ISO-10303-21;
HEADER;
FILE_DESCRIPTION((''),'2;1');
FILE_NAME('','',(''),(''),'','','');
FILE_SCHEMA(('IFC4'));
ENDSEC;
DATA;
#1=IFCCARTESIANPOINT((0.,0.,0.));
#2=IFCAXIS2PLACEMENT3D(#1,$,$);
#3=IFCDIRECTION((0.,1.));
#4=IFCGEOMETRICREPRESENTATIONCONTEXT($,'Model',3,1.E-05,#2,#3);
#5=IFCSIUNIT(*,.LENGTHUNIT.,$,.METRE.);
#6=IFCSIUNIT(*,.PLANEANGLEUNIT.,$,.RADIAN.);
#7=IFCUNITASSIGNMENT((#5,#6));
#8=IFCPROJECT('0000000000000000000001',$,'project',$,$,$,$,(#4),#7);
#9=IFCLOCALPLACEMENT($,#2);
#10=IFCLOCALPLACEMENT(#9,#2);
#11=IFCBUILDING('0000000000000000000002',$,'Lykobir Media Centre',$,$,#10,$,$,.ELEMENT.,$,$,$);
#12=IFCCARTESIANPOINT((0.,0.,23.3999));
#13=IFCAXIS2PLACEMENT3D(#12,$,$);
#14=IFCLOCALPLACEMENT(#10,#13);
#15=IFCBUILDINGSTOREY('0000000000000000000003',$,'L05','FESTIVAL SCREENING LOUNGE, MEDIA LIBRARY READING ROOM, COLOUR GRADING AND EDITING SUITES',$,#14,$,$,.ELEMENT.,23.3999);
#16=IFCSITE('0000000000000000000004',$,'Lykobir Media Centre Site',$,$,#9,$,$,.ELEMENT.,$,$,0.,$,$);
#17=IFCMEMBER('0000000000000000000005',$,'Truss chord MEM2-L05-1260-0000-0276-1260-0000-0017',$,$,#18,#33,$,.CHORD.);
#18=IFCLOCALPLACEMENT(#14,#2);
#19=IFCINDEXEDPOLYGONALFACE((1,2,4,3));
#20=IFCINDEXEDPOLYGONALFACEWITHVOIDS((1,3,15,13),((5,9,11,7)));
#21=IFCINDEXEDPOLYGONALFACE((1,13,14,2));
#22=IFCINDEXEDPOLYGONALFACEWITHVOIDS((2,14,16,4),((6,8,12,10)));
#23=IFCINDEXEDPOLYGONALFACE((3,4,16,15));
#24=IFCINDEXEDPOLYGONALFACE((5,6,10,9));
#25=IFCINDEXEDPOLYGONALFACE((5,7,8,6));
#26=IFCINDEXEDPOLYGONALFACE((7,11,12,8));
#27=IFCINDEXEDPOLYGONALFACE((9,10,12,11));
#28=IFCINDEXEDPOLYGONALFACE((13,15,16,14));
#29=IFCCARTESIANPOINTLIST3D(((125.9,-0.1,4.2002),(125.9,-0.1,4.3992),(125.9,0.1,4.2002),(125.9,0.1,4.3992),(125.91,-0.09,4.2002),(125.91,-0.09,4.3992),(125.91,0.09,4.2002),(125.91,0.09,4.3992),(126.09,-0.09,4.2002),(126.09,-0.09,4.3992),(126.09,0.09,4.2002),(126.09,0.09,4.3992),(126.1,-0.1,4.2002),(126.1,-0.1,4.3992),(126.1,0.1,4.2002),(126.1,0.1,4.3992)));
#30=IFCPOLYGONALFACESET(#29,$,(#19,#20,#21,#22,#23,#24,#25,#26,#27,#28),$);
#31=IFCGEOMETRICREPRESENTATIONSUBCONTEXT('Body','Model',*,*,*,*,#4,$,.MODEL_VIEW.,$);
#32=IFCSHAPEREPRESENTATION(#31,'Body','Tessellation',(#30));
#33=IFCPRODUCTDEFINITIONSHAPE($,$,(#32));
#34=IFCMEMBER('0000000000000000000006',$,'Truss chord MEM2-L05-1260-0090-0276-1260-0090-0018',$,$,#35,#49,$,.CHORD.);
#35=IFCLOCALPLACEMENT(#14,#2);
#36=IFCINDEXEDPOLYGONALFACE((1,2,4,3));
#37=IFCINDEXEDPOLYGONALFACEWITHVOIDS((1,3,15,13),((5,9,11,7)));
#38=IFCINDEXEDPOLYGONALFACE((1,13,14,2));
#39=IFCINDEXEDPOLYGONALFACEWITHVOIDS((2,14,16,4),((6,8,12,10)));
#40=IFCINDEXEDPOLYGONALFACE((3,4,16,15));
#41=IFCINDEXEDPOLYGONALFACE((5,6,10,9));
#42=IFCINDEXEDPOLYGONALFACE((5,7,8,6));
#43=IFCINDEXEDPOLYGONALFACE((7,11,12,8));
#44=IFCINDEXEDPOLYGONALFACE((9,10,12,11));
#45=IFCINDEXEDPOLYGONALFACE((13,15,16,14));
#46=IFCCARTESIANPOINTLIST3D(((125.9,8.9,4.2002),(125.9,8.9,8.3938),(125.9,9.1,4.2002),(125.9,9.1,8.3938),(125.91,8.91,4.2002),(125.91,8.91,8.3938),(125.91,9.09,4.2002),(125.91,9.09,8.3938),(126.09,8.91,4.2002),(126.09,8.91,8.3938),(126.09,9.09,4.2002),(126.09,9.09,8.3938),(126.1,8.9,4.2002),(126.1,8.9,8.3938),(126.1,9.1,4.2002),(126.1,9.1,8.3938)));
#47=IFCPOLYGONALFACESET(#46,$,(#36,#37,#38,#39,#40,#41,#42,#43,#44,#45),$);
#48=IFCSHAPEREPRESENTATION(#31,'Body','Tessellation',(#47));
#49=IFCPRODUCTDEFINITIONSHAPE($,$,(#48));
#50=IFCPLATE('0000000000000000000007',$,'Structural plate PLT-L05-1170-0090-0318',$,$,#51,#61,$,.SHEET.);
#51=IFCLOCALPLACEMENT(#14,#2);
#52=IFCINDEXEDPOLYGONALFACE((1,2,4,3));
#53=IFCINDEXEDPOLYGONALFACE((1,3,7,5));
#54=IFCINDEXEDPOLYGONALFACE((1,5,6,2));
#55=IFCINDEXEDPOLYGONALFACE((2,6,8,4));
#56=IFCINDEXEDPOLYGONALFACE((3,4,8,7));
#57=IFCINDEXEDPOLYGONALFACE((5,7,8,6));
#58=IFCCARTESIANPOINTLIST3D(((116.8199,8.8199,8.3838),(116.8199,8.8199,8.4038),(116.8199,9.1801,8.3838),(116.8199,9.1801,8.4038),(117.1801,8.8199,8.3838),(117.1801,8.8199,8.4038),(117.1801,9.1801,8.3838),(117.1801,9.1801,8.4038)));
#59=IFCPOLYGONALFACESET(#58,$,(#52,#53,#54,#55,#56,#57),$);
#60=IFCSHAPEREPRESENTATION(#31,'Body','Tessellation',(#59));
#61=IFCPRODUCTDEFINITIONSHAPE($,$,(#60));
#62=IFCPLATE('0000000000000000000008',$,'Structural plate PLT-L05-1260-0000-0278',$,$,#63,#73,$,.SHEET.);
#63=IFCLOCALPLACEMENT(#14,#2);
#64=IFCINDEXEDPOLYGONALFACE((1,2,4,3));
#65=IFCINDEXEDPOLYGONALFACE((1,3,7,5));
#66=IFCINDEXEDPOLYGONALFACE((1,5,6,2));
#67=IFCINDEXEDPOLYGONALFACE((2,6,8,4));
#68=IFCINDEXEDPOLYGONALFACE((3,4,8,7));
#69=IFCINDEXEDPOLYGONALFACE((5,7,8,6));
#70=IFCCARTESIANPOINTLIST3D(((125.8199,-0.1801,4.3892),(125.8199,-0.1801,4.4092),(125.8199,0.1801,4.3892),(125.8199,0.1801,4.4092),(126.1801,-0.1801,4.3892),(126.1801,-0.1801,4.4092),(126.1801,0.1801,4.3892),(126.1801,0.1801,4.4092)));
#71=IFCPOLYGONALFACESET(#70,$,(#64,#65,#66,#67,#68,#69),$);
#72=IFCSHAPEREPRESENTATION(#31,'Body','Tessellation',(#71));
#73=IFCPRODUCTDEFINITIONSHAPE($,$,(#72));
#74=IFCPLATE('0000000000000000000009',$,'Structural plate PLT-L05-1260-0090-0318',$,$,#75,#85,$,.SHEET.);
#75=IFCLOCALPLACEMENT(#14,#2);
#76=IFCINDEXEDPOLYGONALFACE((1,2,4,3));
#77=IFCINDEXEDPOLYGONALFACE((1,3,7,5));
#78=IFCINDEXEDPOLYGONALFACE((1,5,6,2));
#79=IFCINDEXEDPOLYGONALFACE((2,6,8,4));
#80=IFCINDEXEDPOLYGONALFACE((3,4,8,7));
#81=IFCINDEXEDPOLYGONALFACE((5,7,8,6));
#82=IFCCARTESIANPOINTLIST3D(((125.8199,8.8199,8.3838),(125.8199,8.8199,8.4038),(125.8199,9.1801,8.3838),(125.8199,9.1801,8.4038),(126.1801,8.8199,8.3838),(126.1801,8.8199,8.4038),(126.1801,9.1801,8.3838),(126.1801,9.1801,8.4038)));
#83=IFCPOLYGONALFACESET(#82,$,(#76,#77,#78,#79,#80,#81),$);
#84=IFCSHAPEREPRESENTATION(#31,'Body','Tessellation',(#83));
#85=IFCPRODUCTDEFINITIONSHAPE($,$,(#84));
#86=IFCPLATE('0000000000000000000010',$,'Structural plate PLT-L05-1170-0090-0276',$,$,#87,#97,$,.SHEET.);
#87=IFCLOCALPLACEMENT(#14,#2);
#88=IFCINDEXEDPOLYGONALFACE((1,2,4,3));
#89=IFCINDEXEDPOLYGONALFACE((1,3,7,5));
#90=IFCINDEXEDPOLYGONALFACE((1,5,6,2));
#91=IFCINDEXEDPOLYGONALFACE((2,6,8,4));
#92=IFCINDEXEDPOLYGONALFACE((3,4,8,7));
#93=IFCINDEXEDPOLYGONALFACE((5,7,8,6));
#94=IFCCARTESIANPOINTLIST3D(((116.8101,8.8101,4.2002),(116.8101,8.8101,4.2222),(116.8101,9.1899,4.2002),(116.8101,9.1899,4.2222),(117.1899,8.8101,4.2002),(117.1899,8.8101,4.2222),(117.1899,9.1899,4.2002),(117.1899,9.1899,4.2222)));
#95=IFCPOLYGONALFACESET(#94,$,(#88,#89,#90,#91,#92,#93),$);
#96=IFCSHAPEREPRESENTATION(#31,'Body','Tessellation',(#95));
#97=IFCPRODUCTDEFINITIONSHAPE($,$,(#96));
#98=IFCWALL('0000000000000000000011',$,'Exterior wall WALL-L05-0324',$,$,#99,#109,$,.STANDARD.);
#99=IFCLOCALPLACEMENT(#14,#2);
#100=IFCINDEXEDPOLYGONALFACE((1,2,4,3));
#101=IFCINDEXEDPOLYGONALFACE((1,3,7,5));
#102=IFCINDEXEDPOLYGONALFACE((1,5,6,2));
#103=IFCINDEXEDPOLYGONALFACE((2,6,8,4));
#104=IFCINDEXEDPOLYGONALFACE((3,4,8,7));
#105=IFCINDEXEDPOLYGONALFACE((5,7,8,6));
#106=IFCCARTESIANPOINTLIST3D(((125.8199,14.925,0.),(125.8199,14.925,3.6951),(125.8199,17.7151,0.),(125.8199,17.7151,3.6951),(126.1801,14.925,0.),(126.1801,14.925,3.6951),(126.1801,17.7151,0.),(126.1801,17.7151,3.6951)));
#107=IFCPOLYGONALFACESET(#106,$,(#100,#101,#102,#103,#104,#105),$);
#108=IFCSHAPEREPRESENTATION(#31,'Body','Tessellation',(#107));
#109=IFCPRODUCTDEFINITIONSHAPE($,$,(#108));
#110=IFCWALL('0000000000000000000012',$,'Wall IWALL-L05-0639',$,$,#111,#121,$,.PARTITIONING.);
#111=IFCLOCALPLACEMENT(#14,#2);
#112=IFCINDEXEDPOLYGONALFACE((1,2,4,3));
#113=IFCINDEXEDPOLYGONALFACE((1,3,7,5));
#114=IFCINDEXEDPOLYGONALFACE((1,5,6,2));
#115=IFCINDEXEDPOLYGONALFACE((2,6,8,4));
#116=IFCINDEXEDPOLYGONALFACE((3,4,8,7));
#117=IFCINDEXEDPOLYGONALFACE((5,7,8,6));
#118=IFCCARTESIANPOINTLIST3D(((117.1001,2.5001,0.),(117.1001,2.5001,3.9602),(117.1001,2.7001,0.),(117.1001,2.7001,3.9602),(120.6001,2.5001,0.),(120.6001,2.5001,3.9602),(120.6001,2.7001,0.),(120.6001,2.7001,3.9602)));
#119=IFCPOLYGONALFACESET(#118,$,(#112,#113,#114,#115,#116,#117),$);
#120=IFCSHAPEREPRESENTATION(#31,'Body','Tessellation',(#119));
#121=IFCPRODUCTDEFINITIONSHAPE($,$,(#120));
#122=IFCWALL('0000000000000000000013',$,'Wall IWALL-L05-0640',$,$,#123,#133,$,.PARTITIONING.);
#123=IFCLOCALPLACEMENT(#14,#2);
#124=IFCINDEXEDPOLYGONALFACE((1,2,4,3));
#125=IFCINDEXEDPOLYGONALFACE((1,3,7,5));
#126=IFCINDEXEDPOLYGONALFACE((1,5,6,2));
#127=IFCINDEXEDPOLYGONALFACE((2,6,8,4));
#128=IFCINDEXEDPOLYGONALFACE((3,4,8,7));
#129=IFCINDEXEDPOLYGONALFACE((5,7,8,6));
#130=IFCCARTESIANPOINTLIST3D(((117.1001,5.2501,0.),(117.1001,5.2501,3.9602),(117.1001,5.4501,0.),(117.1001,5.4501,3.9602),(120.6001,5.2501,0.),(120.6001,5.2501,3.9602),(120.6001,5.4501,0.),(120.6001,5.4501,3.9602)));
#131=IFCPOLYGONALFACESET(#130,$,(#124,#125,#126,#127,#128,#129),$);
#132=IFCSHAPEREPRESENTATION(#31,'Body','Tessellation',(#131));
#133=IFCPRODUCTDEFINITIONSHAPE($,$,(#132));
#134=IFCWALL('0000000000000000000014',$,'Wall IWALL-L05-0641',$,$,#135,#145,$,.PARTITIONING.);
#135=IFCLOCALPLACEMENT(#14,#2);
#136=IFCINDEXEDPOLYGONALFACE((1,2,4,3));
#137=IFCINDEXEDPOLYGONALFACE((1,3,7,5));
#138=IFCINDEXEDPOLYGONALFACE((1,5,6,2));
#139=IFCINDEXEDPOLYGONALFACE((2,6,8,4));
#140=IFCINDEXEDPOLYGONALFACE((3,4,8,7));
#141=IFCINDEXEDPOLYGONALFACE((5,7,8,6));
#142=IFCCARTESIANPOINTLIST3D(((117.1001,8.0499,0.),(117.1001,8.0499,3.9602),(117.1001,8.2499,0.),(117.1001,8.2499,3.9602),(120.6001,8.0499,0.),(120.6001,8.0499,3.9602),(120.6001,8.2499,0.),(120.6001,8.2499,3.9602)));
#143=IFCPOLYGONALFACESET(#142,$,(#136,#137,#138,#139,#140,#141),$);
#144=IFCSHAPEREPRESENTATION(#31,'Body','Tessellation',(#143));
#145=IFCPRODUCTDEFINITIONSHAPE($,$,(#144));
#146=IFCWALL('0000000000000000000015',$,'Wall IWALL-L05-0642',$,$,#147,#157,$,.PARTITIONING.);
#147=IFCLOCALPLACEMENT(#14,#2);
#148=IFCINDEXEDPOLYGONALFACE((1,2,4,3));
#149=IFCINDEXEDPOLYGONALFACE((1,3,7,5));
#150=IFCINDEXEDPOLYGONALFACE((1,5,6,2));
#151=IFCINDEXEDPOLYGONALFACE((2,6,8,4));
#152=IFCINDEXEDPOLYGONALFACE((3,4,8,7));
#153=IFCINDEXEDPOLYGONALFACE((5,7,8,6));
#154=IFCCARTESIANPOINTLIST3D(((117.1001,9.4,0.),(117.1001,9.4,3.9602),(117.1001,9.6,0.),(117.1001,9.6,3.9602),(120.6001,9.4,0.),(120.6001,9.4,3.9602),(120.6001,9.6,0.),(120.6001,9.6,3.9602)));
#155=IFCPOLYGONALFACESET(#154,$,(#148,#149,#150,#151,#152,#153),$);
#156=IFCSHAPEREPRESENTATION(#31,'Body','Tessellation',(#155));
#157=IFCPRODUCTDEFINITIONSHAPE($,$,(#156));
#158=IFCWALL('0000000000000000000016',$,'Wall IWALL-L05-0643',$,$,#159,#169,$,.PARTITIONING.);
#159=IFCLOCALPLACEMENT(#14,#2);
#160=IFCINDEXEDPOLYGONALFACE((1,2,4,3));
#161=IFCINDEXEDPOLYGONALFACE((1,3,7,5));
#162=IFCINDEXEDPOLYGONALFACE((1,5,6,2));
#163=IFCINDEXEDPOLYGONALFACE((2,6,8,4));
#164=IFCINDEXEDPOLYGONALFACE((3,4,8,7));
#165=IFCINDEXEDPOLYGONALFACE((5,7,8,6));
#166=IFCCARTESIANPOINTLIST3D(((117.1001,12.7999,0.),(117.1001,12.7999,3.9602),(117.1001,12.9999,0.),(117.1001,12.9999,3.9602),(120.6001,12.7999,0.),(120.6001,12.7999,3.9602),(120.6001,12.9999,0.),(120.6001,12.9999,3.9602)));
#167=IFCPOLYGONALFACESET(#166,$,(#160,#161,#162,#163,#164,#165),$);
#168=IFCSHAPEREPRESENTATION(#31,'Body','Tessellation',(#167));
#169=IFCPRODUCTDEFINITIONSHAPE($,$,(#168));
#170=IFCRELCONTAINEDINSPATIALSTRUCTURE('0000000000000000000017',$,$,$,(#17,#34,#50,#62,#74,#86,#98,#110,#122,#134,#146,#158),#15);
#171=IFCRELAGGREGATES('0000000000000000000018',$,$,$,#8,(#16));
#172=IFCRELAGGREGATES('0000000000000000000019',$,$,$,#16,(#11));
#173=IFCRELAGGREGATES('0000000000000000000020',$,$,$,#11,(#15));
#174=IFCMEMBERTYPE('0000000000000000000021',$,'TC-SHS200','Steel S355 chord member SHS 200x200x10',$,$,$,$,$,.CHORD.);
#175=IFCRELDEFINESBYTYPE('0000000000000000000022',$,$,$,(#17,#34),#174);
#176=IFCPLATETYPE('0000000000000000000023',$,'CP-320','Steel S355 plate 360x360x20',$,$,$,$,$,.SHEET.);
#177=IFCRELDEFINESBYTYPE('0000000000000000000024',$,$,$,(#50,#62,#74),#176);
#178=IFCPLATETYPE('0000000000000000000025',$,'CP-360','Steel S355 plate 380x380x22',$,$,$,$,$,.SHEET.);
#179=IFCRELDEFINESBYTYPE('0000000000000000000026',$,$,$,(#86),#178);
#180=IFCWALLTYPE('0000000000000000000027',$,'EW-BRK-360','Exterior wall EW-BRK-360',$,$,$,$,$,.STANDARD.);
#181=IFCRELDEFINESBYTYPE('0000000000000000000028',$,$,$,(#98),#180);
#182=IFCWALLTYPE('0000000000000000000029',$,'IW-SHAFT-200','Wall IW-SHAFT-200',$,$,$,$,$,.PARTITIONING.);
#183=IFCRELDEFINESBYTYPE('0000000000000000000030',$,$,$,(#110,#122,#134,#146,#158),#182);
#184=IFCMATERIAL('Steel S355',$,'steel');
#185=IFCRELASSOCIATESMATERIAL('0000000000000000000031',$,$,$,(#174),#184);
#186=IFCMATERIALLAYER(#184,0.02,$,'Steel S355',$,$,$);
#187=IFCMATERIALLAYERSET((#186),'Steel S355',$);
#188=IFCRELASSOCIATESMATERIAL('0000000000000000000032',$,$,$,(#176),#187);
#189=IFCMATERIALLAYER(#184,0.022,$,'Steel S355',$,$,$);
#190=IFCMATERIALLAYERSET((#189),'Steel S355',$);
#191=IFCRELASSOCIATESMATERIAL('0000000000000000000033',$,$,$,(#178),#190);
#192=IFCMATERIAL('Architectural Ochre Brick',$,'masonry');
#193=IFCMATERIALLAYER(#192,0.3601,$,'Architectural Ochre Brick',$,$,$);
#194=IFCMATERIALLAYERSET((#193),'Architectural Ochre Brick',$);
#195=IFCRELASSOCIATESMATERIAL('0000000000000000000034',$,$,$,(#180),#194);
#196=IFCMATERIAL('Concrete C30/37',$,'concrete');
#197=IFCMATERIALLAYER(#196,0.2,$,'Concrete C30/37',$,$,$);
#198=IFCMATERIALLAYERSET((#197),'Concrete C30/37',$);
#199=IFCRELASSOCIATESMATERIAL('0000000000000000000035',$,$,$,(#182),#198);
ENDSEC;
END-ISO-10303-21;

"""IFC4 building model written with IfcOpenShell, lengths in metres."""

from ifc_helpers import new_model, si_unit, direction, frame, frame_2d, origin, origin_2d, place, context, subcontext, project, spatial, rectangle, hollow_rectangle, extrude, material, layer, layer_set, material_profile, profile_set, type_object, element, save


model = new_model("IFC4")

# Units and contexts
model_context = context("Model", 3, precision=1e-05, world=origin(), true_north=direction((0.0, 1.0)))
body_context = subcontext(model_context, "Body", "Model", "MODEL_VIEW")
ifc_project = project(units=[si_unit("LENGTHUNIT", "METRE"), si_unit("PLANEANGLEUNIT", "RADIAN")], contexts=[model_context])

# Site, building, storey
site_placement = place(None, origin())
site = spatial("IfcSite", under=ifc_project, at=site_placement, Name="Lykobir Media Centre Site", CompositionType="ELEMENT", RefElevation=0.0)
building_placement = place(site_placement, origin())
building = spatial("IfcBuilding", under=site, at=building_placement, Name="Lykobir Media Centre", CompositionType="ELEMENT")
storey_placement = place(building_placement, frame((0.0, 0.0, 23.3999)))
storey = spatial("IfcBuildingStorey", under=building, at=storey_placement, Name="L05", Description="FESTIVAL SCREENING LOUNGE, MEDIA LIBRARY READING ROOM, COLOUR GRADING AND EDITING SUITES", CompositionType="ELEMENT", Elevation=23.3999)

# Shared definitions
ifc_material_1 = material(Name="Steel S355", Category="steel")

# Members
ifc_material_profile_1 = material_profile(ifc_material_1, hollow_rectangle(XDim=0.2, YDim=0.2, WallThickness=0.01, at=origin_2d()), Name="SHS 200x200x10")
ifc_profile_set_1 = profile_set([ifc_material_profile_1], Name="Steel S355")
member_type = type_object("IfcMemberType", Name="TC-SHS200", Description="Steel S355 chord member SHS 200x200x10", PredefinedType="CHORD", material=ifc_profile_set_1)
member_1_placement = place(storey_placement, frame((126.0, 0.0, 4.2002), z_axis=(0.0, 0.0, 1.0), x_axis=(1.0, 0.0, 0.0)))
element("IfcMember", 1, at=member_1_placement, inside=storey, type_object=member_type, Name="Truss chord MEM2-L05-1260-0000-0276-1260-0000-0017", PredefinedType="CHORD", context=body_context, shape_type="SweptSolid", body=[
    extrude(hollow_rectangle(XDim=0.2, YDim=0.2, WallThickness=0.01, at=origin_2d()), origin(), (0.0, 0.0, 1.0), 0.199),
])
member_2_placement = place(storey_placement, frame((126.0, 9.0, 4.2002), z_axis=(0.0, 0.0, 1.0), x_axis=(1.0, 0.0, 0.0)))
element("IfcMember", 2, at=member_2_placement, inside=storey, type_object=member_type, Name="Truss chord MEM2-L05-1260-0090-0276-1260-0090-0018", PredefinedType="CHORD", context=body_context, shape_type="SweptSolid", body=[
    extrude(hollow_rectangle(XDim=0.2, YDim=0.2, WallThickness=0.01, at=origin_2d()), origin(), (0.0, 0.0, 1.0), 4.1936),
])

# Plates
ifc_layer_1 = layer(ifc_material_1, 0.02, Name="Steel S355")
ifc_layer_set_1 = layer_set([ifc_layer_1], Name="Steel S355")
plate_type_1 = type_object("IfcPlateType", Name="CP-320", Description="Steel S355 plate 360x360x20", PredefinedType="SHEET", material=ifc_layer_set_1)
for number, where, z_axis, x_axis, name in (
    (3, (117.0, 9.0, 8.3838), (0.0, 0.0, 1.0), (1.0, 0.0, 0.0), "Structural plate PLT-L05-1170-0090-0318"),
    (4, (126.0, 0.0, 4.3892), (0.0, 0.0, 1.0), (1.0, 0.0, 0.0), "Structural plate PLT-L05-1260-0000-0278"),
    (5, (126.0, 9.0, 8.3838), (0.0, 0.0, 1.0), (1.0, 0.0, 0.0), "Structural plate PLT-L05-1260-0090-0318"),
):
    element("IfcPlate", number, at=place(storey_placement, frame(where, z_axis=z_axis, x_axis=x_axis)), inside=storey, type_object=plate_type_1, Name=name, PredefinedType="SHEET", context=body_context, shape_type="SweptSolid", body=[
        extrude(rectangle(XDim=0.3601, YDim=0.3601, at=origin_2d()), origin(), (0.0, 0.0, 1.0), 0.02),
    ])
ifc_layer_2 = layer(ifc_material_1, 0.022, Name="Steel S355")
ifc_layer_set_2 = layer_set([ifc_layer_2], Name="Steel S355")
plate_type_2 = type_object("IfcPlateType", Name="CP-360", Description="Steel S355 plate 380x380x22", PredefinedType="SHEET", material=ifc_layer_set_2)
plate_placement = place(storey_placement, frame((117.0, 9.0, 4.2002), z_axis=(0.0, 0.0, 1.0), x_axis=(1.0, 0.0, 0.0)))
element("IfcPlate", 6, at=plate_placement, inside=storey, type_object=plate_type_2, Name="Structural plate PLT-L05-1170-0090-0276", PredefinedType="SHEET", context=body_context, shape_type="SweptSolid", body=[
    extrude(rectangle(XDim=0.3799, YDim=0.3799, at=origin_2d()), origin(), (0.0, 0.0, 1.0), 0.022),
])

# Walls
ifc_material_2 = material(Name="Architectural Ochre Brick", Category="masonry")
ifc_layer_3 = layer(ifc_material_2, 0.3601, Name="Architectural Ochre Brick")
ifc_layer_set_3 = layer_set([ifc_layer_3], Name="Architectural Ochre Brick")
wall_type_1 = type_object("IfcWallType", Name="EW-BRK-360", Description="Exterior wall EW-BRK-360", PredefinedType="STANDARD", material=ifc_layer_set_3)
wall_1_placement = place(storey_placement, frame((126.0, 14.925, 0.0), z_axis=(0.0, 0.0, 1.0), x_axis=(0.0, 1.0, 0.0)))
element("IfcWall", 7, at=wall_1_placement, inside=storey, type_object=wall_type_1, Name="Exterior wall WALL-L05-0324", PredefinedType="STANDARD", context=body_context, shape_type="SweptSolid", body=[
    extrude(rectangle(XDim=2.79, YDim=0.3601, at=frame_2d((1.395, 0.0))), origin(), (0.0, 0.0, 1.0), 3.6951),
])
ifc_material_3 = material(Name="Concrete C30/37", Category="concrete")
ifc_layer_4 = layer(ifc_material_3, 0.2, Name="Concrete C30/37")
ifc_layer_set_4 = layer_set([ifc_layer_4], Name="Concrete C30/37")
wall_type_2 = type_object("IfcWallType", Name="IW-SHAFT-200", Description="Wall IW-SHAFT-200", PredefinedType="PARTITIONING", material=ifc_layer_set_4)
for number, where, z_axis, x_axis, name in (
    (8, (117.1001, 2.6001, 0.0), (0.0, 0.0, 1.0), (1.0, 0.0, 0.0), "Wall IWALL-L05-0639"),
    (9, (117.1001, 5.3501, 0.0), (0.0, 0.0, 1.0), (1.0, 0.0, 0.0), "Wall IWALL-L05-0640"),
    (10, (117.1001, 8.1499, 0.0), (0.0, 0.0, 1.0), (1.0, 0.0, 0.0), "Wall IWALL-L05-0641"),
    (11, (117.1001, 9.5, 0.0), (0.0, 0.0, 1.0), (1.0, 0.0, 0.0), "Wall IWALL-L05-0642"),
    (12, (117.1001, 12.8999, 0.0), (0.0, 0.0, 1.0), (1.0, 0.0, 0.0), "Wall IWALL-L05-0643"),
):
    element("IfcWall", number, at=place(storey_placement, frame(where, z_axis=z_axis, x_axis=x_axis)), inside=storey, type_object=wall_type_2, Name=name, PredefinedType="PARTITIONING", context=body_context, shape_type="SweptSolid", body=[
        extrude(rectangle(XDim=3.5, YDim=0.2, at=frame_2d((1.75, 0.0))), origin(), (0.0, 0.0, 1.0), 3.9602),
    ])

save(model, "model.ifc")
